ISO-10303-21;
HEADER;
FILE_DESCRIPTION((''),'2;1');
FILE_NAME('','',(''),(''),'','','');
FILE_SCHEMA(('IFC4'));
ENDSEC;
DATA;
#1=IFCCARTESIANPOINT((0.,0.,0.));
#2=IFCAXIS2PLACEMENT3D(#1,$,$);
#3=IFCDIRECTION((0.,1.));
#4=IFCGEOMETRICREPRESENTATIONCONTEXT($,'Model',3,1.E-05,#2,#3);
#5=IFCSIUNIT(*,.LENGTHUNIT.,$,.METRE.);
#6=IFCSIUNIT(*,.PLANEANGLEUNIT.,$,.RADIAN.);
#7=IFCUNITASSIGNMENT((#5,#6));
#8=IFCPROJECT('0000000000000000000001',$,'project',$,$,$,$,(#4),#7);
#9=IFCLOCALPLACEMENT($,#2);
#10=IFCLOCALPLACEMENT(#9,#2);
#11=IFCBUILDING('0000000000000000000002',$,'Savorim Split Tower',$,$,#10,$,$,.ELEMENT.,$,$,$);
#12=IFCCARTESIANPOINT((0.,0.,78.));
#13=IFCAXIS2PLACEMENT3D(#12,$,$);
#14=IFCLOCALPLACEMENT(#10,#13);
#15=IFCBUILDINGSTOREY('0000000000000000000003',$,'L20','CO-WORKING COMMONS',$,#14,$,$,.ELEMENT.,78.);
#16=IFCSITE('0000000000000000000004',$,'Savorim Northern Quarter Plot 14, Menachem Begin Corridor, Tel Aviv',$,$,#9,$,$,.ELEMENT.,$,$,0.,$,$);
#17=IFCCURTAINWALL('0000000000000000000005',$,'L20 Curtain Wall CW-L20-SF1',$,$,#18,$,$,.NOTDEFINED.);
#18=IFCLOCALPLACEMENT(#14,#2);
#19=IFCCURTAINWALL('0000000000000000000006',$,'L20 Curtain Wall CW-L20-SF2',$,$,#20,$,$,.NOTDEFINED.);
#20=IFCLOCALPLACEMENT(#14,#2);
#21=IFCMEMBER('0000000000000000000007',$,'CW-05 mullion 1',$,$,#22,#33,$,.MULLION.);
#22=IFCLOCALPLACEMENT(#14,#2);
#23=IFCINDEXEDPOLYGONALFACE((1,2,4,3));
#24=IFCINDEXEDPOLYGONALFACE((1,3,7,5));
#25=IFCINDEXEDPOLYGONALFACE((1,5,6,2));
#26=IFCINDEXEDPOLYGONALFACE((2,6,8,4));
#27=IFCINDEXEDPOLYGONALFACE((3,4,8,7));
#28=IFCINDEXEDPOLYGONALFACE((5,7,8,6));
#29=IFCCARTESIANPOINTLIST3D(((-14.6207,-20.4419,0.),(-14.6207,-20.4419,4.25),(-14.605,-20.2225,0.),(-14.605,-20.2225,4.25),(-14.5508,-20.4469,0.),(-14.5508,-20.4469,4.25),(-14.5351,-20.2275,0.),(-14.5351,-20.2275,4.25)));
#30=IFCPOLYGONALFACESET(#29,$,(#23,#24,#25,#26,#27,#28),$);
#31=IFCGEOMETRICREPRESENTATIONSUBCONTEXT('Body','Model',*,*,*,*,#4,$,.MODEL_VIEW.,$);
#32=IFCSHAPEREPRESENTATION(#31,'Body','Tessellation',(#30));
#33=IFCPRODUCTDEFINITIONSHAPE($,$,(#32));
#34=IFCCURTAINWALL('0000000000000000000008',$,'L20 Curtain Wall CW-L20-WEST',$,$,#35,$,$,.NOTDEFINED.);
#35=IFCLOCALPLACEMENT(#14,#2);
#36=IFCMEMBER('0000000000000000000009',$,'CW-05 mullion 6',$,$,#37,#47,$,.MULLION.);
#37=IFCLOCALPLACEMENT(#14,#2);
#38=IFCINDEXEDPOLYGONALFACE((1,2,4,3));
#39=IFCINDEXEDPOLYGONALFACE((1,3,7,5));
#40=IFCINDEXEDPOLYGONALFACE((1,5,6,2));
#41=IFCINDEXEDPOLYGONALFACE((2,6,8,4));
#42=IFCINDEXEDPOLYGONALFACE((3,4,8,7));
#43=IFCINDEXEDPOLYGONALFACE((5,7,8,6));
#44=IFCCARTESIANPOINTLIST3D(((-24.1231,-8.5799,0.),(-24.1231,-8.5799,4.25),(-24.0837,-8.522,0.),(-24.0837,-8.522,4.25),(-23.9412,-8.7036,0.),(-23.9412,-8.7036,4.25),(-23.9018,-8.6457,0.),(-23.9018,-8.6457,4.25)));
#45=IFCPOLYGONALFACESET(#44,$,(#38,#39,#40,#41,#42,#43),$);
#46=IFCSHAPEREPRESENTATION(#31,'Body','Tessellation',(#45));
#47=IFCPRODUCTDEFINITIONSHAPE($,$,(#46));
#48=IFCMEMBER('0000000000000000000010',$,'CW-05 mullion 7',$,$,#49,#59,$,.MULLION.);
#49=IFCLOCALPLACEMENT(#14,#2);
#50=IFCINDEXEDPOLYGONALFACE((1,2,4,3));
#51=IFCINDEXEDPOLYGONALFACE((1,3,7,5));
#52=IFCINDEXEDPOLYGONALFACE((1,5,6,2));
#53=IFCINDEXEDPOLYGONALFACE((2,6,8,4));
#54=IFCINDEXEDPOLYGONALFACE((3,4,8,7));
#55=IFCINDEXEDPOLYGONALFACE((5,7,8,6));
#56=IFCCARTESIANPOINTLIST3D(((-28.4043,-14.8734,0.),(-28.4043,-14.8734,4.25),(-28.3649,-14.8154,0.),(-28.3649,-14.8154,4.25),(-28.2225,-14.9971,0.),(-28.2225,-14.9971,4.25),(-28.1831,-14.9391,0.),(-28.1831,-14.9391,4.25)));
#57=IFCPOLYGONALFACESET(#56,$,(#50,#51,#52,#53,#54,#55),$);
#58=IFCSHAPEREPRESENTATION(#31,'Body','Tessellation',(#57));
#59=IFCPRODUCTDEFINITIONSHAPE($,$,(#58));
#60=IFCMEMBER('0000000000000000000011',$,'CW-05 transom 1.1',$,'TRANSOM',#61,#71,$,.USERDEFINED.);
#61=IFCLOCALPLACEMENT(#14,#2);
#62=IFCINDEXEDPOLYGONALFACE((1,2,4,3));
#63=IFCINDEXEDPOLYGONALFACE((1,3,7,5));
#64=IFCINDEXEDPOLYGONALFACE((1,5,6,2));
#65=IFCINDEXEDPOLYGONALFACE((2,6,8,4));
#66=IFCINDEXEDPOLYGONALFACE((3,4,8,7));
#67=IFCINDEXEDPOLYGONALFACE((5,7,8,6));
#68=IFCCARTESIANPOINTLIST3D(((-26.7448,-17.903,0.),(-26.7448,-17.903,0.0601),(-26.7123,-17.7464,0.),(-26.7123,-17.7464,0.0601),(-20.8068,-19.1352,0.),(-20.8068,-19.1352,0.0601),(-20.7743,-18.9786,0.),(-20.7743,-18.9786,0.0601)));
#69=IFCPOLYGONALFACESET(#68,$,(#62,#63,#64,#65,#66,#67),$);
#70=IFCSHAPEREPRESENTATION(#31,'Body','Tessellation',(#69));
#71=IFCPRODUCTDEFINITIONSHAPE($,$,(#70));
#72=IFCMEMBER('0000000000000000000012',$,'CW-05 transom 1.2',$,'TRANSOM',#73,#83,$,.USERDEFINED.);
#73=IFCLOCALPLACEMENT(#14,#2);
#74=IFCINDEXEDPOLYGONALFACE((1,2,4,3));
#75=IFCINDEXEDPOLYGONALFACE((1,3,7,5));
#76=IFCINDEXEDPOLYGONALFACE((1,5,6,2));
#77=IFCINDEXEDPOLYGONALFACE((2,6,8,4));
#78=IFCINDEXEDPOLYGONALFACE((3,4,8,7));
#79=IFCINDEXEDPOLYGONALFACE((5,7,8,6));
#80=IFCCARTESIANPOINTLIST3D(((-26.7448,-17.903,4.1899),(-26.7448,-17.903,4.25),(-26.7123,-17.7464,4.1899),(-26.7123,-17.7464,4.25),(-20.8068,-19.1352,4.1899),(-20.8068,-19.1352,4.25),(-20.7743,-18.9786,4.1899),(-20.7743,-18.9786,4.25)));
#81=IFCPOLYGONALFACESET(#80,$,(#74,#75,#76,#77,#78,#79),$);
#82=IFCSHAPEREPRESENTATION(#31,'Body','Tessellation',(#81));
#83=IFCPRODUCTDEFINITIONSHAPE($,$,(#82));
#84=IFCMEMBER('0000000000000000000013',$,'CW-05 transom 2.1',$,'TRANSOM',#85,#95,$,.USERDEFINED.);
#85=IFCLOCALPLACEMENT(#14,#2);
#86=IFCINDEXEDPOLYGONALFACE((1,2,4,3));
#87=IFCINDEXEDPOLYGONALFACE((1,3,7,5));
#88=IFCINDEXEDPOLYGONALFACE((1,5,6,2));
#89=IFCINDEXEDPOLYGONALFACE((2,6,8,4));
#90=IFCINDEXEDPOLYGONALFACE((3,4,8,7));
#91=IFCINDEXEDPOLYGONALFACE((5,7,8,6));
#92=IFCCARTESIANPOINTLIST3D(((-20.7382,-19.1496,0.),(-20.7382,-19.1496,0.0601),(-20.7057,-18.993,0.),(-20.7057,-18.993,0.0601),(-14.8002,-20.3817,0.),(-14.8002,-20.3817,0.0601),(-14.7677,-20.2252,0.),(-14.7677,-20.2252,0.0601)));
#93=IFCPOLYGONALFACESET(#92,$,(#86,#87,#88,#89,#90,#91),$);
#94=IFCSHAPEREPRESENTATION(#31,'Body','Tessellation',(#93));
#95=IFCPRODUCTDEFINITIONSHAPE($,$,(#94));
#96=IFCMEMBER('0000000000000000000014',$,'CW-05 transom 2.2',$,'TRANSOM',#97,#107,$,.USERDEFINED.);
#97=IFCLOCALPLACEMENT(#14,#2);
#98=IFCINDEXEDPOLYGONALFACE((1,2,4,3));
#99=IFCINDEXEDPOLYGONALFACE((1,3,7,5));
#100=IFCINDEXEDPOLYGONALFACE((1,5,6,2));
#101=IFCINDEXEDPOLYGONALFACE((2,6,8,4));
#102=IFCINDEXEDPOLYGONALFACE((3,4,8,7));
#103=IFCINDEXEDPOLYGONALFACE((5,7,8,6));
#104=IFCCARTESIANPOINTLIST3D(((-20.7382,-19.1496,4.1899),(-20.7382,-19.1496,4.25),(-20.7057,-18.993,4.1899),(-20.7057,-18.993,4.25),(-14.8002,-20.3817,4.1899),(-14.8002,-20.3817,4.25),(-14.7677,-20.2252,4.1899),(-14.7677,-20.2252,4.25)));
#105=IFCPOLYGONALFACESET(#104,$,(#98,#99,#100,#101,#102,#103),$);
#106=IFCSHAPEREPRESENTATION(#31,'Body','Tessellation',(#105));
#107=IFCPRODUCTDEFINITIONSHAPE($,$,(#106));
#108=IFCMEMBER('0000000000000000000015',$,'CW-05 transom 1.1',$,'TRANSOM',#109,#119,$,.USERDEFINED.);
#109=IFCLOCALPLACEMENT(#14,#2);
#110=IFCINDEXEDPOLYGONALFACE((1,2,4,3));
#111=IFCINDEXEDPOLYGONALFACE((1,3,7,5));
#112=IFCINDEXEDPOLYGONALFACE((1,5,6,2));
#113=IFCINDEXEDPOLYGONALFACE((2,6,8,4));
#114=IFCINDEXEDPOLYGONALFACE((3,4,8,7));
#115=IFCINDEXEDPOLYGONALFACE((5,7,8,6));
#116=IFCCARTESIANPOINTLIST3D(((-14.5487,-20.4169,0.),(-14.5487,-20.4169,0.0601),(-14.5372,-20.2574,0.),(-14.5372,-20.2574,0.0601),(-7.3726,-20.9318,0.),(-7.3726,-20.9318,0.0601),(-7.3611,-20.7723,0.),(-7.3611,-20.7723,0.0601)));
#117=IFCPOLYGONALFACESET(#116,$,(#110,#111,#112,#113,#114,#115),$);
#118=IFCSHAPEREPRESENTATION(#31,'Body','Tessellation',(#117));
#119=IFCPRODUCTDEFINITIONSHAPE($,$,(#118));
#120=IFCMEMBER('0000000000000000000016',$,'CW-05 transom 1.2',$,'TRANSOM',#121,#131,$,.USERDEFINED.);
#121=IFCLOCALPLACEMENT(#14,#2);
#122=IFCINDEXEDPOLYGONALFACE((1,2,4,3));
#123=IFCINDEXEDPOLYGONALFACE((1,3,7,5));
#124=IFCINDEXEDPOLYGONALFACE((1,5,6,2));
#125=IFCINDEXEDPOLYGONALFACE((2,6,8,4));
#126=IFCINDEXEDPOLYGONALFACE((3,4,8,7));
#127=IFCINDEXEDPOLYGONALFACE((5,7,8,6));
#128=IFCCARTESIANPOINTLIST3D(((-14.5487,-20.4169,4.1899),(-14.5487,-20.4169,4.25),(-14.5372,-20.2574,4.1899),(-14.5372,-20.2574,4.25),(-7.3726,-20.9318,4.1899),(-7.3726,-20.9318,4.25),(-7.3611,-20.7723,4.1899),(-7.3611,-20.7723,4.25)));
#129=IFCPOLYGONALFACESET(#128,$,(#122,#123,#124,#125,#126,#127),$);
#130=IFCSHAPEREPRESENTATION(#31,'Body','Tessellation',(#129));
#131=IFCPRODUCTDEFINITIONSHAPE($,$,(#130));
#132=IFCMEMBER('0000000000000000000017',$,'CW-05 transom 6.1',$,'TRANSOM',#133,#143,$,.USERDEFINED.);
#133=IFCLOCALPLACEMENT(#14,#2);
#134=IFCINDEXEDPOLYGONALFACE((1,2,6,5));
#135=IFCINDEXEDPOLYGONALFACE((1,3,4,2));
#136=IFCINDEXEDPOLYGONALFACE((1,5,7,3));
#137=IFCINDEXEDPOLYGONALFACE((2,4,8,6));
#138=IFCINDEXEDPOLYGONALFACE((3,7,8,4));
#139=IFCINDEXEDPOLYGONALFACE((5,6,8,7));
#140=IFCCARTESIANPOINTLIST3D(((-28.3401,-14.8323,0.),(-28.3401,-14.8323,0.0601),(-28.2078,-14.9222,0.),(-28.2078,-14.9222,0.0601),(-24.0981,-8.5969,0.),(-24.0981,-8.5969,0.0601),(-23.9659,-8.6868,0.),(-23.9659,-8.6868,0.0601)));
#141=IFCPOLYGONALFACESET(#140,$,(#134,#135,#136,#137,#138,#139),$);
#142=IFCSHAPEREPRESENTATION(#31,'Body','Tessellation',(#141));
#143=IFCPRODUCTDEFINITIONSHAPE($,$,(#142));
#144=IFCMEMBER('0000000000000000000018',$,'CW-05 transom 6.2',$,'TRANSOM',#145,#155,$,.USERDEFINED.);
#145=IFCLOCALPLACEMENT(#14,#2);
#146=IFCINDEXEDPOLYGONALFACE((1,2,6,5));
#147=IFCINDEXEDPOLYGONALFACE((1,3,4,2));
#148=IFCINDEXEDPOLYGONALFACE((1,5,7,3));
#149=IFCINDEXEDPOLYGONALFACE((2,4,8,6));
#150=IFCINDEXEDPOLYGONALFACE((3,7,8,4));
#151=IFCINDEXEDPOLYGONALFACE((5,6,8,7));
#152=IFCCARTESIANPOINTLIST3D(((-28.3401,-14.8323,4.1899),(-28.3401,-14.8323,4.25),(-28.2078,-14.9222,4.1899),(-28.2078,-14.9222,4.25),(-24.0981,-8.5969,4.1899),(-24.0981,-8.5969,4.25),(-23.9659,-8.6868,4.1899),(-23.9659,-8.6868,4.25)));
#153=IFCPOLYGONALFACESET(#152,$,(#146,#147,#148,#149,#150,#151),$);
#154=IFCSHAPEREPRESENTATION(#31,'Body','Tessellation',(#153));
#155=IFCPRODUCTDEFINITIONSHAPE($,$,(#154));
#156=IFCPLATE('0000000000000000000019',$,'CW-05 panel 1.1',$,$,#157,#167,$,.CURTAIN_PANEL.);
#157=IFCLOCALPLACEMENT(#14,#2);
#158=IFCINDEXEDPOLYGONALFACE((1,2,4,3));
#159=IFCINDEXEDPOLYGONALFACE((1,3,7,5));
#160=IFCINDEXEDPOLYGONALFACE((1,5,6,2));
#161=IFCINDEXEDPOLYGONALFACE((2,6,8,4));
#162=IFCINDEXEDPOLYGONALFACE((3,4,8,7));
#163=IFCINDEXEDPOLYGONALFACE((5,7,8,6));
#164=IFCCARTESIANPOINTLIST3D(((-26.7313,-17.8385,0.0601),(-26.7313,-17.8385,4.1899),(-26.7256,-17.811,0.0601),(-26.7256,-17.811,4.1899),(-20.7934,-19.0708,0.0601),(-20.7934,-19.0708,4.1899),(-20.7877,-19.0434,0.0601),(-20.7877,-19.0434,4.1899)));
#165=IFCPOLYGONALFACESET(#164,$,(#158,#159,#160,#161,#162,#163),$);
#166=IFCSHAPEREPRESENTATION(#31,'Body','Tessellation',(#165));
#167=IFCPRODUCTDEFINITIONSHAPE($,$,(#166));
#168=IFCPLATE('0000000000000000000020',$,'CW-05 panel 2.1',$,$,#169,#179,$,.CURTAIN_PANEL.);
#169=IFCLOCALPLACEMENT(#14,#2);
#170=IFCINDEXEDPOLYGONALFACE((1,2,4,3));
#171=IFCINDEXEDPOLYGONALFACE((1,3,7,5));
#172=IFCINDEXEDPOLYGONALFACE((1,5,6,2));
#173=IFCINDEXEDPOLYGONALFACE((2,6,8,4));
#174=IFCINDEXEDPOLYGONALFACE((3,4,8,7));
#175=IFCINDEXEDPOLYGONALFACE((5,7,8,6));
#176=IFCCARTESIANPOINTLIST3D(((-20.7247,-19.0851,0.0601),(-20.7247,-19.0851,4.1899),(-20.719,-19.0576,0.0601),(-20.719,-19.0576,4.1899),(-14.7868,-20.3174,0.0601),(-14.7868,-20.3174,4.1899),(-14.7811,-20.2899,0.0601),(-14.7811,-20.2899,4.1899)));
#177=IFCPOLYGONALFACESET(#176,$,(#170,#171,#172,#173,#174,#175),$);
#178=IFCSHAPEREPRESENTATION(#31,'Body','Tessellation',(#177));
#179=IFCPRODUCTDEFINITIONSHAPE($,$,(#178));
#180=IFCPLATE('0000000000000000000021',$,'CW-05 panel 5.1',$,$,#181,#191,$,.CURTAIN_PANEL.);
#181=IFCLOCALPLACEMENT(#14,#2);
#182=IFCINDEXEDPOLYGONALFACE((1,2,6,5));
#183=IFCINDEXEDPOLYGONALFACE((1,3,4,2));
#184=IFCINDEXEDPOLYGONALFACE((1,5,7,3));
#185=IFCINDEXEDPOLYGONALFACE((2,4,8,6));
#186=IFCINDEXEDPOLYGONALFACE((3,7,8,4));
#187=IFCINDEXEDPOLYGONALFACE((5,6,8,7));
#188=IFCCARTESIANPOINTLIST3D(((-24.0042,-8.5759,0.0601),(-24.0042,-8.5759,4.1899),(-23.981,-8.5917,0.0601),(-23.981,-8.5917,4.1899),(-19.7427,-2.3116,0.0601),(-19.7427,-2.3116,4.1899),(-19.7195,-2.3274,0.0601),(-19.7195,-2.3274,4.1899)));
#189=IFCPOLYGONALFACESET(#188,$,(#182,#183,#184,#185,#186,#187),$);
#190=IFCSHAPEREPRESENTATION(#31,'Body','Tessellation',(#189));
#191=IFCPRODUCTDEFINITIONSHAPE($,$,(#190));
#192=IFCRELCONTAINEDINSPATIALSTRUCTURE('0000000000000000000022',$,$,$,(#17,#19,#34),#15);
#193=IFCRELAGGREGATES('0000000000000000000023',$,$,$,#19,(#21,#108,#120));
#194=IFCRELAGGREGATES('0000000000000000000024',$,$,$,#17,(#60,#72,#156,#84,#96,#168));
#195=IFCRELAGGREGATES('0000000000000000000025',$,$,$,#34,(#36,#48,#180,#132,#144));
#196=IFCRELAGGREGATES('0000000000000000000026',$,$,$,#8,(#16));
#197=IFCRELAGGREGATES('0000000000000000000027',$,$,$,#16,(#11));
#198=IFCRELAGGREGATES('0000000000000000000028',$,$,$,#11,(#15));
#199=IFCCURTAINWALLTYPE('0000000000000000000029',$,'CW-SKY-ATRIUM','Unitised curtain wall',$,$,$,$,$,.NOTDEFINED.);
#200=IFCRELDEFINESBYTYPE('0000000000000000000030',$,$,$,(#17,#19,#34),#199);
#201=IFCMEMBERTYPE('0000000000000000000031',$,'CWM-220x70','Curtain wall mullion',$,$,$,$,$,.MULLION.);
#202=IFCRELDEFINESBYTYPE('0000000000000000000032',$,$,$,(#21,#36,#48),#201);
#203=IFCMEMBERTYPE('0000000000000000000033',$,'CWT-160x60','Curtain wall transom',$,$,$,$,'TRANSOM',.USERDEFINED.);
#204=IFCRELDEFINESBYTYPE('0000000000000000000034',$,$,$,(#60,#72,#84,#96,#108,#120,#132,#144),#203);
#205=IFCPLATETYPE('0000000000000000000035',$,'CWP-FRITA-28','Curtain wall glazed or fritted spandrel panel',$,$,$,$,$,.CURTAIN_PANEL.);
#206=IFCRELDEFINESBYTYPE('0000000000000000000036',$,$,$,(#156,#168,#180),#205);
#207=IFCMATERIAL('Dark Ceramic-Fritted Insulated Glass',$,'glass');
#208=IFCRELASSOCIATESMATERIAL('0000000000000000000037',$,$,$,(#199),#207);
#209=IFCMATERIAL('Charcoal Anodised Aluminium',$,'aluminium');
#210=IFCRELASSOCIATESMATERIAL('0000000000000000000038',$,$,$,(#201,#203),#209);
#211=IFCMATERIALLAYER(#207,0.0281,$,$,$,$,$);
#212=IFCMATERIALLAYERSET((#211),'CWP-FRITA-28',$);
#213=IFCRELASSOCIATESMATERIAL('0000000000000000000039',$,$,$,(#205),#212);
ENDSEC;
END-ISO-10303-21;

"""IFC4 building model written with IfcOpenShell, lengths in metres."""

from ifc_helpers import new_model, si_unit, direction, frame, origin, origin_2d, place, context, subcontext, project, spatial, rectangle, extrude, material, layer, layer_set, material_profile, profile_set, type_object, element, aggregate, save


model = new_model("IFC4")

# Units and contexts
model_context = context("Model", 3, precision=1e-05, world=origin(), true_north=direction((0.0, 1.0)))
body_context = subcontext(model_context, "Body", "Model", "MODEL_VIEW")
ifc_project = project(units=[si_unit("LENGTHUNIT", "METRE"), si_unit("PLANEANGLEUNIT", "RADIAN")], contexts=[model_context])

# Site, building, storey
site_placement = place(None, origin())
site = spatial("IfcSite", under=ifc_project, at=site_placement, Name="Savorim Northern Quarter Plot 14, Menachem Begin Corridor, Tel Aviv", CompositionType="ELEMENT", RefElevation=0.0)
building_placement = place(site_placement, origin())
building = spatial("IfcBuilding", under=site, at=building_placement, Name="Savorim Split Tower", CompositionType="ELEMENT")
storey_placement = place(building_placement, frame((0.0, 0.0, 78.0)))
storey = spatial("IfcBuildingStorey", under=building, at=storey_placement, Name="L20", Description="CO-WORKING COMMONS", CompositionType="ELEMENT", Elevation=78.0)

# Curtain wall
ifc_material_1 = material(Name="Dark Ceramic-Fritted Insulated Glass", Category="glass")
curtain_wall_type = type_object("IfcCurtainWallType", Name="CW-SKY-ATRIUM", Description="Unitised curtain wall", PredefinedType="NOTDEFINED", material=ifc_material_1)
curtain_wall_1_placement = place(storey_placement, origin())
curtain_wall_1 = element("IfcCurtainWall", 1, at=curtain_wall_1_placement, inside=storey, type_object=curtain_wall_type, Name="L20 Curtain Wall CW-L20-SF1", PredefinedType="NOTDEFINED")
ifc_material_2 = material(Name="Charcoal Anodised Aluminium", Category="aluminium")
ifc_material_profile_1 = material_profile(ifc_material_2, rectangle(XDim=0.22, YDim=0.0701, at=origin_2d()), Name="ALU-M 220x70")
ifc_profile_set_1 = profile_set([ifc_material_profile_1], Name="Charcoal Anodised Aluminium")
member_type_1 = type_object("IfcMemberType", Name="CWM-220x70", Description="Curtain wall mullion", PredefinedType="MULLION", material=ifc_profile_set_1)

# Curtain wall, member
curtain_wall_2_placement = place(storey_placement, origin())
curtain_wall_2 = element("IfcCurtainWall", 2, at=curtain_wall_2_placement, inside=storey, type_object=curtain_wall_type, Name="L20 Curtain Wall CW-L20-SF2", PredefinedType="NOTDEFINED")
member_1_placement = place(storey_placement, frame((-14.5779, -20.3347, 0.0), z_axis=(0.0, 0.0, 1.0), x_axis=(0.071561, 0.997436, 0.0)))
member_1 = element("IfcMember", 3, at=member_1_placement, type_object=member_type_1, Name="CW-05 mullion 1", PredefinedType="MULLION", context=body_context, shape_type="SweptSolid", body=[
    extrude(rectangle(XDim=0.22, YDim=0.0701, at=origin_2d()), origin(), (0.0, 0.0, 1.0), 4.25),
])

# Curtain wall, members
curtain_wall_3_placement = place(storey_placement, origin())
curtain_wall_3 = element("IfcCurtainWall", 4, at=curtain_wall_3_placement, inside=storey, type_object=curtain_wall_type, Name="L20 Curtain Wall CW-L20-WEST", PredefinedType="NOTDEFINED")
member_2_placement = place(storey_placement, frame((-24.0125, -8.6128, 0.0), z_axis=(0.0, 0.0, 1.0), x_axis=(0.82682, -0.562467, 0.0)))
member_2 = element("IfcMember", 5, at=member_2_placement, type_object=member_type_1, Name="CW-05 mullion 6", PredefinedType="MULLION", context=body_context, shape_type="SweptSolid", body=[
    extrude(rectangle(XDim=0.22, YDim=0.0701, at=origin_2d()), origin(), (0.0, 0.0, 1.0), 4.25),
])
member_3_placement = place(storey_placement, frame((-28.2937, -14.9062, 0.0), z_axis=(0.0, 0.0, 1.0), x_axis=(0.82682, -0.562467, 0.0)))
member_3 = element("IfcMember", 6, at=member_3_placement, type_object=member_type_1, Name="CW-05 mullion 7", PredefinedType="MULLION", context=body_context, shape_type="SweptSolid", body=[
    extrude(rectangle(XDim=0.22, YDim=0.0701, at=origin_2d()), origin(), (0.0, 0.0, 1.0), 4.25),
])

# Members
ifc_material_profile_2 = material_profile(ifc_material_2, rectangle(XDim=0.1599, YDim=0.0601, at=origin_2d()), Name="ALU-T 160x60")
ifc_profile_set_2 = profile_set([ifc_material_profile_2], Name="Charcoal Anodised Aluminium")
member_type_2 = type_object("IfcMemberType", Name="CWT-160x60", Description="Curtain wall transom", ElementType="TRANSOM", PredefinedType="USERDEFINED", material=ifc_profile_set_2)
member_4_placement = place(storey_placement, frame((-26.7285, -17.8247, 0.03), z_axis=(0.979142, -0.203179, 0.0), x_axis=(0.203179, 0.979142, 0.0)))
member_4 = element("IfcMember", 7, at=member_4_placement, type_object=member_type_2, Name="CW-05 transom 1.1", ObjectType="TRANSOM", PredefinedType="USERDEFINED", context=body_context, shape_type="SweptSolid", body=[
    extrude(rectangle(XDim=0.1599, YDim=0.0601, at=origin_2d()), origin(), (0.0, 0.0, 1.0), 6.0645),
])
member_5_placement = place(storey_placement, frame((-26.7285, -17.8247, 4.22), z_axis=(0.979142, -0.203179, 0.0), x_axis=(0.203179, 0.979142, 0.0)))
member_5 = element("IfcMember", 8, at=member_5_placement, type_object=member_type_2, Name="CW-05 transom 1.2", ObjectType="TRANSOM", PredefinedType="USERDEFINED", context=body_context, shape_type="SweptSolid", body=[
    extrude(rectangle(XDim=0.1599, YDim=0.0601, at=origin_2d()), origin(), (0.0, 0.0, 1.0), 6.0645),
])
member_6_placement = place(storey_placement, frame((-20.7219, -19.0713, 0.03), z_axis=(0.979142, -0.203179, 0.0), x_axis=(0.203179, 0.979142, 0.0)))
member_6 = element("IfcMember", 9, at=member_6_placement, type_object=member_type_2, Name="CW-05 transom 2.1", ObjectType="TRANSOM", PredefinedType="USERDEFINED", context=body_context, shape_type="SweptSolid", body=[
    extrude(rectangle(XDim=0.1599, YDim=0.0601, at=origin_2d()), origin(), (0.0, 0.0, 1.0), 6.0645),
])
member_7_placement = place(storey_placement, frame((-20.7219, -19.0713, 4.22), z_axis=(0.979142, -0.203179, 0.0), x_axis=(0.203179, 0.979142, 0.0)))
member_7 = element("IfcMember", 10, at=member_7_placement, type_object=member_type_2, Name="CW-05 transom 2.2", ObjectType="TRANSOM", PredefinedType="USERDEFINED", context=body_context, shape_type="SweptSolid", body=[
    extrude(rectangle(XDim=0.1599, YDim=0.0601, at=origin_2d()), origin(), (0.0, 0.0, 1.0), 6.0645),
])
member_8_placement = place(storey_placement, frame((-14.543, -20.3372, 0.03), z_axis=(0.997436, -0.071568, 0.0), x_axis=(0.071568, 0.997436, 0.0)))
member_8 = element("IfcMember", 11, at=member_8_placement, type_object=member_type_2, Name="CW-05 transom 1.1", ObjectType="TRANSOM", PredefinedType="USERDEFINED", context=body_context, shape_type="SweptSolid", body=[
    extrude(rectangle(XDim=0.1599, YDim=0.0601, at=origin_2d()), origin(), (0.0, 0.0, 1.0), 7.1946),
])
member_9_placement = place(storey_placement, frame((-14.543, -20.3372, 4.22), z_axis=(0.997436, -0.071568, 0.0), x_axis=(0.071568, 0.997436, 0.0)))
member_9 = element("IfcMember", 12, at=member_9_placement, type_object=member_type_2, Name="CW-05 transom 1.2", ObjectType="TRANSOM", PredefinedType="USERDEFINED", context=body_context, shape_type="SweptSolid", body=[
    extrude(rectangle(XDim=0.1599, YDim=0.0601, at=origin_2d()), origin(), (0.0, 0.0, 1.0), 7.1946),
])
aggregate(curtain_wall_2, [member_1, member_8, member_9])
member_10_placement = place(storey_placement, frame((-24.032, -8.6418, 0.03), z_axis=(-0.562483, -0.826809, 0.0), x_axis=(0.826809, -0.562483, 0.0)))
member_10 = element("IfcMember", 13, at=member_10_placement, type_object=member_type_2, Name="CW-05 transom 6.1", ObjectType="TRANSOM", PredefinedType="USERDEFINED", context=body_context, shape_type="SweptSolid", body=[
    extrude(rectangle(XDim=0.1599, YDim=0.0601, at=origin_2d()), origin(), (0.0, 0.0, 1.0), 7.5415),
])
member_11_placement = place(storey_placement, frame((-24.032, -8.6418, 4.22), z_axis=(-0.562483, -0.826809, 0.0), x_axis=(0.826809, -0.562483, 0.0)))
member_11 = element("IfcMember", 14, at=member_11_placement, type_object=member_type_2, Name="CW-05 transom 6.2", ObjectType="TRANSOM", PredefinedType="USERDEFINED", context=body_context, shape_type="SweptSolid", body=[
    extrude(rectangle(XDim=0.1599, YDim=0.0601, at=origin_2d()), origin(), (0.0, 0.0, 1.0), 7.5415),
])

# Plates
ifc_layer_1 = layer(ifc_material_1, 0.0281)
ifc_layer_set_1 = layer_set([ifc_layer_1], Name="CWP-FRITA-28")
plate_type = type_object("IfcPlateType", Name="CWP-FRITA-28", Description="Curtain wall glazed or fritted spandrel panel", PredefinedType="CURTAIN_PANEL", material=ifc_layer_set_1)
plate_1_placement = place(storey_placement, frame((-23.7595, -18.4409, 0.0601), z_axis=(0.0, 0.0, 1.0), x_axis=(0.979135, -0.20321, 0.0)))
plate_1 = element("IfcPlate", 15, at=plate_1_placement, type_object=plate_type, Name="CW-05 panel 1.1", PredefinedType="CURTAIN_PANEL", context=body_context, shape_type="SweptSolid", body=[
    extrude(rectangle(XDim=6.0645, YDim=0.0281, at=origin_2d()), origin(), (0.0, 0.0, 1.0), 4.1299),
])
plate_2_placement = place(storey_placement, frame((-17.7529, -19.6875, 0.0601), z_axis=(0.0, 0.0, 1.0), x_axis=(0.979135, -0.20321, 0.0)))
plate_2 = element("IfcPlate", 16, at=plate_2_placement, type_object=plate_type, Name="CW-05 panel 2.1", PredefinedType="CURTAIN_PANEL", context=body_context, shape_type="SweptSolid", body=[
    extrude(rectangle(XDim=6.0645, YDim=0.0281, at=origin_2d()), origin(), (0.0, 0.0, 1.0), 4.1299),
])
aggregate(curtain_wall_1, [member_4, member_5, plate_1, member_6, member_7, plate_2])
plate_3_placement = place(storey_placement, frame((-21.8618, -5.4517, 0.0601), z_axis=(0.0, 0.0, 1.0), x_axis=(-0.562467, -0.82682, 0.0)))
plate_3 = element("IfcPlate", 17, at=plate_3_placement, type_object=plate_type, Name="CW-05 panel 5.1", PredefinedType="CURTAIN_PANEL", context=body_context, shape_type="SweptSolid", body=[
    extrude(rectangle(XDim=7.5764, YDim=0.0281, at=origin_2d()), origin(), (0.0, 0.0, 1.0), 4.1299),
])
aggregate(curtain_wall_3, [member_2, member_3, plate_3, member_10, member_11])

save(model, "model.ifc")
